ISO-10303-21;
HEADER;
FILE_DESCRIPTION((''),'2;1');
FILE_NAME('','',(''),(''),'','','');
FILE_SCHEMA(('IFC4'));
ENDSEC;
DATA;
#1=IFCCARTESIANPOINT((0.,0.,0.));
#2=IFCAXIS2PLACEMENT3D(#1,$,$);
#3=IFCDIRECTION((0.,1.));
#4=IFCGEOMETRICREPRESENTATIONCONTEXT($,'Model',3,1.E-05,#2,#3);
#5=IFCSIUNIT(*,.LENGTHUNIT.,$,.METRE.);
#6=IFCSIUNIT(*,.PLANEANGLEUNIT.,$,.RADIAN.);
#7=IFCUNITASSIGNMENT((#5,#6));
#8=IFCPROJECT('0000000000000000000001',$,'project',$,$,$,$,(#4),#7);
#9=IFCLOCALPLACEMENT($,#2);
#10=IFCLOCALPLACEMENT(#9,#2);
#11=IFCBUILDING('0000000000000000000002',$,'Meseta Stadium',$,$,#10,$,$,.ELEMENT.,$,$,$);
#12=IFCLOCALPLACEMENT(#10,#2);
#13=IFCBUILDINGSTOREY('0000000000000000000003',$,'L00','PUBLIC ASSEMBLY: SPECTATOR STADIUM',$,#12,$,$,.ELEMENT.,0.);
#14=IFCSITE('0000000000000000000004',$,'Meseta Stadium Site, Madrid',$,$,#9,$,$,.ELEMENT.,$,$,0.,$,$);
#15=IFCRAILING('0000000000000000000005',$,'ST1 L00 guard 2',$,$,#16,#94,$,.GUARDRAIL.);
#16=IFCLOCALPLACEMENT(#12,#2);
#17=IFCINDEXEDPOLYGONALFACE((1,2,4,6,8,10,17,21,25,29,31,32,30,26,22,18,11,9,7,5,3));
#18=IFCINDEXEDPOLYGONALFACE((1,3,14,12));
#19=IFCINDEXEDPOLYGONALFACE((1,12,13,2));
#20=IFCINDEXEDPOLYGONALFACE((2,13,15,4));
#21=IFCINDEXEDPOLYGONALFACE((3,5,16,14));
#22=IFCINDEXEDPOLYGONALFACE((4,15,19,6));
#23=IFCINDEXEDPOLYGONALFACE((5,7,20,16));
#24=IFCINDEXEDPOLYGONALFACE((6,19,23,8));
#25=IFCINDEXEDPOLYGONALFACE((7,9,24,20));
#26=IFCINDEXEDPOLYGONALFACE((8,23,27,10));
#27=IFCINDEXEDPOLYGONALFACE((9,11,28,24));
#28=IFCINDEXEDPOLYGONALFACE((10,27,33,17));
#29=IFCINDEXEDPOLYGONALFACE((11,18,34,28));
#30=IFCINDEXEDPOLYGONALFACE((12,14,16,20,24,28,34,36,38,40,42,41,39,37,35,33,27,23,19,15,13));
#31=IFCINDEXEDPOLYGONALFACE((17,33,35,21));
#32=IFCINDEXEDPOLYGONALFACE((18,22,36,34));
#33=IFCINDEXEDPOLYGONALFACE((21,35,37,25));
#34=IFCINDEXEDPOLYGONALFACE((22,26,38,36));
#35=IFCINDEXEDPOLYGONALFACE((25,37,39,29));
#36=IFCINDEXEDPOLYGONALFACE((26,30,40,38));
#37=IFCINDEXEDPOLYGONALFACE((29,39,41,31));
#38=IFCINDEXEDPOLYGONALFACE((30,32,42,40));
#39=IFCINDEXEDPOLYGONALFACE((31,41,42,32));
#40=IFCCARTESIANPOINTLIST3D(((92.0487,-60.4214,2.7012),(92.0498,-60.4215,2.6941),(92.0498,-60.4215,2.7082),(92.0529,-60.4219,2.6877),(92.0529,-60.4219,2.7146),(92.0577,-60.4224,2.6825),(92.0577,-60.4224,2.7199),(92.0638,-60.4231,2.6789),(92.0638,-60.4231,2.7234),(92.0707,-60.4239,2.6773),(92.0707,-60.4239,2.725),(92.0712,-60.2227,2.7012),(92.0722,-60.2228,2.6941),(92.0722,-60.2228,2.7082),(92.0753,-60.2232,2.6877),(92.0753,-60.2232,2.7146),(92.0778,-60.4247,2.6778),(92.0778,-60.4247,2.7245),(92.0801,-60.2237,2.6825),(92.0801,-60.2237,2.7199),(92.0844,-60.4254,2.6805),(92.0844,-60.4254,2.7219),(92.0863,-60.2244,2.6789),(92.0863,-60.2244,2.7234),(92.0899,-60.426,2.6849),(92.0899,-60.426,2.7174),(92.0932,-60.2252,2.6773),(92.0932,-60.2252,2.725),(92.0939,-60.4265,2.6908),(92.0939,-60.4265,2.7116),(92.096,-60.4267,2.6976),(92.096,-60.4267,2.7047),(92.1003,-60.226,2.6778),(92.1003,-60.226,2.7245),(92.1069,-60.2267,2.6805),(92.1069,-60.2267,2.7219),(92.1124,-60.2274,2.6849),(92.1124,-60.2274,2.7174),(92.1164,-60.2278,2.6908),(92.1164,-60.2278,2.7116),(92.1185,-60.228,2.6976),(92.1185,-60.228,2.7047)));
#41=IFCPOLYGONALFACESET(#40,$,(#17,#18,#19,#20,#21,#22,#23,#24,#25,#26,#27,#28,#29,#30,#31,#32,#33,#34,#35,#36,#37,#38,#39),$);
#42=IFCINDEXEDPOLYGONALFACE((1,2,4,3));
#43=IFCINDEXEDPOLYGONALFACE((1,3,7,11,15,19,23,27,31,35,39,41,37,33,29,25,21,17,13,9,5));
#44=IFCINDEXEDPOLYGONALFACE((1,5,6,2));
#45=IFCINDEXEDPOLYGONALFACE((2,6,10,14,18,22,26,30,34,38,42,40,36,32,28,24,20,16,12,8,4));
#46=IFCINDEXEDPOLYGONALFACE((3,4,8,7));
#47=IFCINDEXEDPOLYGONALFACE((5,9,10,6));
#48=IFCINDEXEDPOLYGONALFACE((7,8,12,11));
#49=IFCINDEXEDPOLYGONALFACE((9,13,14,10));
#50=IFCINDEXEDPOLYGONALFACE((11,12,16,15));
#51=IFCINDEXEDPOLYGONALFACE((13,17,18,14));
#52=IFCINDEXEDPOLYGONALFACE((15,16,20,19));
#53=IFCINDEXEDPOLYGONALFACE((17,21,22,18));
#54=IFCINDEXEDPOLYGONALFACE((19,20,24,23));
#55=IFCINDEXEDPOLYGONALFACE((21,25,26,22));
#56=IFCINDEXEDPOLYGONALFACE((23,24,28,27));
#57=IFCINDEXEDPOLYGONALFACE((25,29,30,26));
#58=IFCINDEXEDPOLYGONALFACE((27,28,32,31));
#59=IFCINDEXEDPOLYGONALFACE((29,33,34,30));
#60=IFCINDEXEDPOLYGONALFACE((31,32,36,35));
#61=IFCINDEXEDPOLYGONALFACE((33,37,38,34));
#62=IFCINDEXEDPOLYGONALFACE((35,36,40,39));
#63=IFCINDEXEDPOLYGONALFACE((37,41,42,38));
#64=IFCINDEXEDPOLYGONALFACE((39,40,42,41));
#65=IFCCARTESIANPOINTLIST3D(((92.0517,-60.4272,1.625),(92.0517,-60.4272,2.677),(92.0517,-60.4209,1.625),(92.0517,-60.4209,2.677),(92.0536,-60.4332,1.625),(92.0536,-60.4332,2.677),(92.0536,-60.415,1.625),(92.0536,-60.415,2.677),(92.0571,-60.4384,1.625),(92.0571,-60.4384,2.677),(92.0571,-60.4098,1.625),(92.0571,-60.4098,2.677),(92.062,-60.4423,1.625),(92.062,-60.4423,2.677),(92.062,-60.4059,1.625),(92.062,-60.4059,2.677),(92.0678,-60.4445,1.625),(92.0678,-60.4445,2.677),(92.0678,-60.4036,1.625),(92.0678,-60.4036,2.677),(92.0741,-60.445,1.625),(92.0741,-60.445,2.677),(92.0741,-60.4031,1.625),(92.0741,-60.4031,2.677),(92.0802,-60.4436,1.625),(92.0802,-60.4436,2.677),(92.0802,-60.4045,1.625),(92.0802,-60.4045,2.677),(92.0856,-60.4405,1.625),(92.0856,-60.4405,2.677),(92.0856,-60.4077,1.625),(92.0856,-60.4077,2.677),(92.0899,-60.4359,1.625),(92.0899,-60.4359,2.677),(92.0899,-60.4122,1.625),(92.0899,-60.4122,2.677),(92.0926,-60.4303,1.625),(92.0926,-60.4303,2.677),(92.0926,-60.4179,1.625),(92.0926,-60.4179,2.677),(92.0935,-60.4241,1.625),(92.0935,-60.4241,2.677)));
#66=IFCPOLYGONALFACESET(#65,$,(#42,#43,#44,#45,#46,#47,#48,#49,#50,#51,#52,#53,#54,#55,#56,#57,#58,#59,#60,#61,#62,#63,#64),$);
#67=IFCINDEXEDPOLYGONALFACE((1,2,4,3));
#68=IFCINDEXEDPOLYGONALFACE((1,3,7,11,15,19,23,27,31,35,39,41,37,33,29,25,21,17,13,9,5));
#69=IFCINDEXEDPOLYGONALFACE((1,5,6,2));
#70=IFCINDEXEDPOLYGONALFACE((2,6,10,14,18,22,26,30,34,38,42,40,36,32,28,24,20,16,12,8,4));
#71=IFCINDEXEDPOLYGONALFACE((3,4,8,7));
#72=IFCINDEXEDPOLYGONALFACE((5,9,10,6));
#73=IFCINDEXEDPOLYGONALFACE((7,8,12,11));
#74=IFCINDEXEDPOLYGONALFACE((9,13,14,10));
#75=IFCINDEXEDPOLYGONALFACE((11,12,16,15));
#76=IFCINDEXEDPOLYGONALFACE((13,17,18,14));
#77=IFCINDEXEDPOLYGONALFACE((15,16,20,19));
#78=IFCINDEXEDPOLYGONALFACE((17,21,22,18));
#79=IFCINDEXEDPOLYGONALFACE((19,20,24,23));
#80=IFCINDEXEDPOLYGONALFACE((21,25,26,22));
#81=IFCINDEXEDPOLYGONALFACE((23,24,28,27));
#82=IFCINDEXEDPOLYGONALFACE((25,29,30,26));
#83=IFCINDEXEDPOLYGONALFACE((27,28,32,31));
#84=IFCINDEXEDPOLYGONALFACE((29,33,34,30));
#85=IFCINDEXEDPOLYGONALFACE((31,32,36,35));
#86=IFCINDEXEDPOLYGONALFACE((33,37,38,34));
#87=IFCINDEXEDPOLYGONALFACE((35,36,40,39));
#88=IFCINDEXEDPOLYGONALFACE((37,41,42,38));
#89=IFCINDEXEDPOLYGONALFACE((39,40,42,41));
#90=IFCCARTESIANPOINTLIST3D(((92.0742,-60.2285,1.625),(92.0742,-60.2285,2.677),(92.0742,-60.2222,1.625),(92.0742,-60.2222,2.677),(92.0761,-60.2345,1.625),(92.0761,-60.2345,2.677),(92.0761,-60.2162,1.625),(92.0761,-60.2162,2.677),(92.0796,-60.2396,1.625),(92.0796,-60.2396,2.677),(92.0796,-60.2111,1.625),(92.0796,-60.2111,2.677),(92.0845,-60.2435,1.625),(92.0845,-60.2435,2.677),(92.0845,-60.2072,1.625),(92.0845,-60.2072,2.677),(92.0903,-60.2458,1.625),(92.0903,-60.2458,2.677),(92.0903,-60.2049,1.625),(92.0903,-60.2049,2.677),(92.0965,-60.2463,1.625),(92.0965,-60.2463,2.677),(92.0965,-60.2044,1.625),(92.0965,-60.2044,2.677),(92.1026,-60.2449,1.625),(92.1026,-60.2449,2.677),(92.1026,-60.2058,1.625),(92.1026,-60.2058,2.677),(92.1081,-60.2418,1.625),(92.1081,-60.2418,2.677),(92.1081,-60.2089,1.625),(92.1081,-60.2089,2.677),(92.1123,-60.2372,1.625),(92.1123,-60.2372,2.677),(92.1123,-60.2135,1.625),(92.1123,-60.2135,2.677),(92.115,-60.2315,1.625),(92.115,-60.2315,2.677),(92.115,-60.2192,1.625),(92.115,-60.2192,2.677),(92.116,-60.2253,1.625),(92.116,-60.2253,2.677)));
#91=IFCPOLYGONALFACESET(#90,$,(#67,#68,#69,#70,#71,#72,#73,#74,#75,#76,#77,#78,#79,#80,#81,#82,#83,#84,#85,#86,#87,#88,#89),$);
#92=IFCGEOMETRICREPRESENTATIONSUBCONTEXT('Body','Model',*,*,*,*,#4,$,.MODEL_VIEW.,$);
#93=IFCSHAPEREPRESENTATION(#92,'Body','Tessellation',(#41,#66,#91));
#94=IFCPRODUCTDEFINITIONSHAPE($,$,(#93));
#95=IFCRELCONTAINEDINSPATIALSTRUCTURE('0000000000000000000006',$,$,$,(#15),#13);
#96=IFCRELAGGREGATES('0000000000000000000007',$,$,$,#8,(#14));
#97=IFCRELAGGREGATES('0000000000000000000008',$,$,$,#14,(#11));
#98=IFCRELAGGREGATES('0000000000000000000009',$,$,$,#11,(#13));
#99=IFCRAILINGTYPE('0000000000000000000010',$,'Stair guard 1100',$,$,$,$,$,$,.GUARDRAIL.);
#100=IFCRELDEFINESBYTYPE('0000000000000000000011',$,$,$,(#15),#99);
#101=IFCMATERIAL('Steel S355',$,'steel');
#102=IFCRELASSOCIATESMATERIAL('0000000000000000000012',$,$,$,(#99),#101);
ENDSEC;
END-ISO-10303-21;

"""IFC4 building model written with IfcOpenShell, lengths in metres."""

from ifc_helpers import new_model, si_unit, direction, frame, origin, origin_2d, place, context, subcontext, project, spatial, circle, extrude, material, type_object, element, save


model = new_model("IFC4")

# Units and contexts
model_context = context("Model", 3, precision=1e-05, world=origin(), true_north=direction((0.0, 1.0)))
body_context = subcontext(model_context, "Body", "Model", "MODEL_VIEW")
ifc_project = project(units=[si_unit("LENGTHUNIT", "METRE"), si_unit("PLANEANGLEUNIT", "RADIAN")], contexts=[model_context])

# Site, building, storey
site_placement = place(None, origin())
site = spatial("IfcSite", under=ifc_project, at=site_placement, Name="Meseta Stadium Site, Madrid", CompositionType="ELEMENT", RefElevation=0.0)
building_placement = place(site_placement, origin())
building = spatial("IfcBuilding", under=site, at=building_placement, Name="Meseta Stadium", CompositionType="ELEMENT")
storey_placement = place(building_placement, origin())
storey = spatial("IfcBuildingStorey", under=building, at=storey_placement, Name="L00", Description="PUBLIC ASSEMBLY: SPECTATOR STADIUM", CompositionType="ELEMENT", Elevation=0.0)

# Railing
ifc_material_1 = material(Name="Steel S355", Category="steel")
railing_type_1 = type_object("IfcRailingType", Name="Stair guard 1100", PredefinedType="GUARDRAIL", material=ifc_material_1)
railing_1_placement = place(storey_placement, frame((92.0725, -60.4241, 1.625)))
element("IfcRailing", 1, at=railing_1_placement, inside=storey, type_object=railing_type_1, Name="ST1 L00 guard 2", PredefinedType="GUARDRAIL", context=body_context, shape_type="SweptSolid", body=[
    extrude(circle(Radius=0.0239, at=origin_2d()), frame((0.0, 0.0, 1.0762), z_axis=(0.112307, 0.993674, 0.0), x_axis=(-0.993674, 0.112307, 0.0)), (0.0, 0.0, 1.0), 0.2),
    extrude(circle(Radius=0.021, at=origin_2d()), origin(), (0.0, 0.0, 1.0), 1.052),
    extrude(circle(Radius=0.021, at=origin_2d()), frame((0.0225, 0.1987, 0.0)), (0.0, 0.0, 1.0), 1.052),
])

save(model, "model.ifc")
